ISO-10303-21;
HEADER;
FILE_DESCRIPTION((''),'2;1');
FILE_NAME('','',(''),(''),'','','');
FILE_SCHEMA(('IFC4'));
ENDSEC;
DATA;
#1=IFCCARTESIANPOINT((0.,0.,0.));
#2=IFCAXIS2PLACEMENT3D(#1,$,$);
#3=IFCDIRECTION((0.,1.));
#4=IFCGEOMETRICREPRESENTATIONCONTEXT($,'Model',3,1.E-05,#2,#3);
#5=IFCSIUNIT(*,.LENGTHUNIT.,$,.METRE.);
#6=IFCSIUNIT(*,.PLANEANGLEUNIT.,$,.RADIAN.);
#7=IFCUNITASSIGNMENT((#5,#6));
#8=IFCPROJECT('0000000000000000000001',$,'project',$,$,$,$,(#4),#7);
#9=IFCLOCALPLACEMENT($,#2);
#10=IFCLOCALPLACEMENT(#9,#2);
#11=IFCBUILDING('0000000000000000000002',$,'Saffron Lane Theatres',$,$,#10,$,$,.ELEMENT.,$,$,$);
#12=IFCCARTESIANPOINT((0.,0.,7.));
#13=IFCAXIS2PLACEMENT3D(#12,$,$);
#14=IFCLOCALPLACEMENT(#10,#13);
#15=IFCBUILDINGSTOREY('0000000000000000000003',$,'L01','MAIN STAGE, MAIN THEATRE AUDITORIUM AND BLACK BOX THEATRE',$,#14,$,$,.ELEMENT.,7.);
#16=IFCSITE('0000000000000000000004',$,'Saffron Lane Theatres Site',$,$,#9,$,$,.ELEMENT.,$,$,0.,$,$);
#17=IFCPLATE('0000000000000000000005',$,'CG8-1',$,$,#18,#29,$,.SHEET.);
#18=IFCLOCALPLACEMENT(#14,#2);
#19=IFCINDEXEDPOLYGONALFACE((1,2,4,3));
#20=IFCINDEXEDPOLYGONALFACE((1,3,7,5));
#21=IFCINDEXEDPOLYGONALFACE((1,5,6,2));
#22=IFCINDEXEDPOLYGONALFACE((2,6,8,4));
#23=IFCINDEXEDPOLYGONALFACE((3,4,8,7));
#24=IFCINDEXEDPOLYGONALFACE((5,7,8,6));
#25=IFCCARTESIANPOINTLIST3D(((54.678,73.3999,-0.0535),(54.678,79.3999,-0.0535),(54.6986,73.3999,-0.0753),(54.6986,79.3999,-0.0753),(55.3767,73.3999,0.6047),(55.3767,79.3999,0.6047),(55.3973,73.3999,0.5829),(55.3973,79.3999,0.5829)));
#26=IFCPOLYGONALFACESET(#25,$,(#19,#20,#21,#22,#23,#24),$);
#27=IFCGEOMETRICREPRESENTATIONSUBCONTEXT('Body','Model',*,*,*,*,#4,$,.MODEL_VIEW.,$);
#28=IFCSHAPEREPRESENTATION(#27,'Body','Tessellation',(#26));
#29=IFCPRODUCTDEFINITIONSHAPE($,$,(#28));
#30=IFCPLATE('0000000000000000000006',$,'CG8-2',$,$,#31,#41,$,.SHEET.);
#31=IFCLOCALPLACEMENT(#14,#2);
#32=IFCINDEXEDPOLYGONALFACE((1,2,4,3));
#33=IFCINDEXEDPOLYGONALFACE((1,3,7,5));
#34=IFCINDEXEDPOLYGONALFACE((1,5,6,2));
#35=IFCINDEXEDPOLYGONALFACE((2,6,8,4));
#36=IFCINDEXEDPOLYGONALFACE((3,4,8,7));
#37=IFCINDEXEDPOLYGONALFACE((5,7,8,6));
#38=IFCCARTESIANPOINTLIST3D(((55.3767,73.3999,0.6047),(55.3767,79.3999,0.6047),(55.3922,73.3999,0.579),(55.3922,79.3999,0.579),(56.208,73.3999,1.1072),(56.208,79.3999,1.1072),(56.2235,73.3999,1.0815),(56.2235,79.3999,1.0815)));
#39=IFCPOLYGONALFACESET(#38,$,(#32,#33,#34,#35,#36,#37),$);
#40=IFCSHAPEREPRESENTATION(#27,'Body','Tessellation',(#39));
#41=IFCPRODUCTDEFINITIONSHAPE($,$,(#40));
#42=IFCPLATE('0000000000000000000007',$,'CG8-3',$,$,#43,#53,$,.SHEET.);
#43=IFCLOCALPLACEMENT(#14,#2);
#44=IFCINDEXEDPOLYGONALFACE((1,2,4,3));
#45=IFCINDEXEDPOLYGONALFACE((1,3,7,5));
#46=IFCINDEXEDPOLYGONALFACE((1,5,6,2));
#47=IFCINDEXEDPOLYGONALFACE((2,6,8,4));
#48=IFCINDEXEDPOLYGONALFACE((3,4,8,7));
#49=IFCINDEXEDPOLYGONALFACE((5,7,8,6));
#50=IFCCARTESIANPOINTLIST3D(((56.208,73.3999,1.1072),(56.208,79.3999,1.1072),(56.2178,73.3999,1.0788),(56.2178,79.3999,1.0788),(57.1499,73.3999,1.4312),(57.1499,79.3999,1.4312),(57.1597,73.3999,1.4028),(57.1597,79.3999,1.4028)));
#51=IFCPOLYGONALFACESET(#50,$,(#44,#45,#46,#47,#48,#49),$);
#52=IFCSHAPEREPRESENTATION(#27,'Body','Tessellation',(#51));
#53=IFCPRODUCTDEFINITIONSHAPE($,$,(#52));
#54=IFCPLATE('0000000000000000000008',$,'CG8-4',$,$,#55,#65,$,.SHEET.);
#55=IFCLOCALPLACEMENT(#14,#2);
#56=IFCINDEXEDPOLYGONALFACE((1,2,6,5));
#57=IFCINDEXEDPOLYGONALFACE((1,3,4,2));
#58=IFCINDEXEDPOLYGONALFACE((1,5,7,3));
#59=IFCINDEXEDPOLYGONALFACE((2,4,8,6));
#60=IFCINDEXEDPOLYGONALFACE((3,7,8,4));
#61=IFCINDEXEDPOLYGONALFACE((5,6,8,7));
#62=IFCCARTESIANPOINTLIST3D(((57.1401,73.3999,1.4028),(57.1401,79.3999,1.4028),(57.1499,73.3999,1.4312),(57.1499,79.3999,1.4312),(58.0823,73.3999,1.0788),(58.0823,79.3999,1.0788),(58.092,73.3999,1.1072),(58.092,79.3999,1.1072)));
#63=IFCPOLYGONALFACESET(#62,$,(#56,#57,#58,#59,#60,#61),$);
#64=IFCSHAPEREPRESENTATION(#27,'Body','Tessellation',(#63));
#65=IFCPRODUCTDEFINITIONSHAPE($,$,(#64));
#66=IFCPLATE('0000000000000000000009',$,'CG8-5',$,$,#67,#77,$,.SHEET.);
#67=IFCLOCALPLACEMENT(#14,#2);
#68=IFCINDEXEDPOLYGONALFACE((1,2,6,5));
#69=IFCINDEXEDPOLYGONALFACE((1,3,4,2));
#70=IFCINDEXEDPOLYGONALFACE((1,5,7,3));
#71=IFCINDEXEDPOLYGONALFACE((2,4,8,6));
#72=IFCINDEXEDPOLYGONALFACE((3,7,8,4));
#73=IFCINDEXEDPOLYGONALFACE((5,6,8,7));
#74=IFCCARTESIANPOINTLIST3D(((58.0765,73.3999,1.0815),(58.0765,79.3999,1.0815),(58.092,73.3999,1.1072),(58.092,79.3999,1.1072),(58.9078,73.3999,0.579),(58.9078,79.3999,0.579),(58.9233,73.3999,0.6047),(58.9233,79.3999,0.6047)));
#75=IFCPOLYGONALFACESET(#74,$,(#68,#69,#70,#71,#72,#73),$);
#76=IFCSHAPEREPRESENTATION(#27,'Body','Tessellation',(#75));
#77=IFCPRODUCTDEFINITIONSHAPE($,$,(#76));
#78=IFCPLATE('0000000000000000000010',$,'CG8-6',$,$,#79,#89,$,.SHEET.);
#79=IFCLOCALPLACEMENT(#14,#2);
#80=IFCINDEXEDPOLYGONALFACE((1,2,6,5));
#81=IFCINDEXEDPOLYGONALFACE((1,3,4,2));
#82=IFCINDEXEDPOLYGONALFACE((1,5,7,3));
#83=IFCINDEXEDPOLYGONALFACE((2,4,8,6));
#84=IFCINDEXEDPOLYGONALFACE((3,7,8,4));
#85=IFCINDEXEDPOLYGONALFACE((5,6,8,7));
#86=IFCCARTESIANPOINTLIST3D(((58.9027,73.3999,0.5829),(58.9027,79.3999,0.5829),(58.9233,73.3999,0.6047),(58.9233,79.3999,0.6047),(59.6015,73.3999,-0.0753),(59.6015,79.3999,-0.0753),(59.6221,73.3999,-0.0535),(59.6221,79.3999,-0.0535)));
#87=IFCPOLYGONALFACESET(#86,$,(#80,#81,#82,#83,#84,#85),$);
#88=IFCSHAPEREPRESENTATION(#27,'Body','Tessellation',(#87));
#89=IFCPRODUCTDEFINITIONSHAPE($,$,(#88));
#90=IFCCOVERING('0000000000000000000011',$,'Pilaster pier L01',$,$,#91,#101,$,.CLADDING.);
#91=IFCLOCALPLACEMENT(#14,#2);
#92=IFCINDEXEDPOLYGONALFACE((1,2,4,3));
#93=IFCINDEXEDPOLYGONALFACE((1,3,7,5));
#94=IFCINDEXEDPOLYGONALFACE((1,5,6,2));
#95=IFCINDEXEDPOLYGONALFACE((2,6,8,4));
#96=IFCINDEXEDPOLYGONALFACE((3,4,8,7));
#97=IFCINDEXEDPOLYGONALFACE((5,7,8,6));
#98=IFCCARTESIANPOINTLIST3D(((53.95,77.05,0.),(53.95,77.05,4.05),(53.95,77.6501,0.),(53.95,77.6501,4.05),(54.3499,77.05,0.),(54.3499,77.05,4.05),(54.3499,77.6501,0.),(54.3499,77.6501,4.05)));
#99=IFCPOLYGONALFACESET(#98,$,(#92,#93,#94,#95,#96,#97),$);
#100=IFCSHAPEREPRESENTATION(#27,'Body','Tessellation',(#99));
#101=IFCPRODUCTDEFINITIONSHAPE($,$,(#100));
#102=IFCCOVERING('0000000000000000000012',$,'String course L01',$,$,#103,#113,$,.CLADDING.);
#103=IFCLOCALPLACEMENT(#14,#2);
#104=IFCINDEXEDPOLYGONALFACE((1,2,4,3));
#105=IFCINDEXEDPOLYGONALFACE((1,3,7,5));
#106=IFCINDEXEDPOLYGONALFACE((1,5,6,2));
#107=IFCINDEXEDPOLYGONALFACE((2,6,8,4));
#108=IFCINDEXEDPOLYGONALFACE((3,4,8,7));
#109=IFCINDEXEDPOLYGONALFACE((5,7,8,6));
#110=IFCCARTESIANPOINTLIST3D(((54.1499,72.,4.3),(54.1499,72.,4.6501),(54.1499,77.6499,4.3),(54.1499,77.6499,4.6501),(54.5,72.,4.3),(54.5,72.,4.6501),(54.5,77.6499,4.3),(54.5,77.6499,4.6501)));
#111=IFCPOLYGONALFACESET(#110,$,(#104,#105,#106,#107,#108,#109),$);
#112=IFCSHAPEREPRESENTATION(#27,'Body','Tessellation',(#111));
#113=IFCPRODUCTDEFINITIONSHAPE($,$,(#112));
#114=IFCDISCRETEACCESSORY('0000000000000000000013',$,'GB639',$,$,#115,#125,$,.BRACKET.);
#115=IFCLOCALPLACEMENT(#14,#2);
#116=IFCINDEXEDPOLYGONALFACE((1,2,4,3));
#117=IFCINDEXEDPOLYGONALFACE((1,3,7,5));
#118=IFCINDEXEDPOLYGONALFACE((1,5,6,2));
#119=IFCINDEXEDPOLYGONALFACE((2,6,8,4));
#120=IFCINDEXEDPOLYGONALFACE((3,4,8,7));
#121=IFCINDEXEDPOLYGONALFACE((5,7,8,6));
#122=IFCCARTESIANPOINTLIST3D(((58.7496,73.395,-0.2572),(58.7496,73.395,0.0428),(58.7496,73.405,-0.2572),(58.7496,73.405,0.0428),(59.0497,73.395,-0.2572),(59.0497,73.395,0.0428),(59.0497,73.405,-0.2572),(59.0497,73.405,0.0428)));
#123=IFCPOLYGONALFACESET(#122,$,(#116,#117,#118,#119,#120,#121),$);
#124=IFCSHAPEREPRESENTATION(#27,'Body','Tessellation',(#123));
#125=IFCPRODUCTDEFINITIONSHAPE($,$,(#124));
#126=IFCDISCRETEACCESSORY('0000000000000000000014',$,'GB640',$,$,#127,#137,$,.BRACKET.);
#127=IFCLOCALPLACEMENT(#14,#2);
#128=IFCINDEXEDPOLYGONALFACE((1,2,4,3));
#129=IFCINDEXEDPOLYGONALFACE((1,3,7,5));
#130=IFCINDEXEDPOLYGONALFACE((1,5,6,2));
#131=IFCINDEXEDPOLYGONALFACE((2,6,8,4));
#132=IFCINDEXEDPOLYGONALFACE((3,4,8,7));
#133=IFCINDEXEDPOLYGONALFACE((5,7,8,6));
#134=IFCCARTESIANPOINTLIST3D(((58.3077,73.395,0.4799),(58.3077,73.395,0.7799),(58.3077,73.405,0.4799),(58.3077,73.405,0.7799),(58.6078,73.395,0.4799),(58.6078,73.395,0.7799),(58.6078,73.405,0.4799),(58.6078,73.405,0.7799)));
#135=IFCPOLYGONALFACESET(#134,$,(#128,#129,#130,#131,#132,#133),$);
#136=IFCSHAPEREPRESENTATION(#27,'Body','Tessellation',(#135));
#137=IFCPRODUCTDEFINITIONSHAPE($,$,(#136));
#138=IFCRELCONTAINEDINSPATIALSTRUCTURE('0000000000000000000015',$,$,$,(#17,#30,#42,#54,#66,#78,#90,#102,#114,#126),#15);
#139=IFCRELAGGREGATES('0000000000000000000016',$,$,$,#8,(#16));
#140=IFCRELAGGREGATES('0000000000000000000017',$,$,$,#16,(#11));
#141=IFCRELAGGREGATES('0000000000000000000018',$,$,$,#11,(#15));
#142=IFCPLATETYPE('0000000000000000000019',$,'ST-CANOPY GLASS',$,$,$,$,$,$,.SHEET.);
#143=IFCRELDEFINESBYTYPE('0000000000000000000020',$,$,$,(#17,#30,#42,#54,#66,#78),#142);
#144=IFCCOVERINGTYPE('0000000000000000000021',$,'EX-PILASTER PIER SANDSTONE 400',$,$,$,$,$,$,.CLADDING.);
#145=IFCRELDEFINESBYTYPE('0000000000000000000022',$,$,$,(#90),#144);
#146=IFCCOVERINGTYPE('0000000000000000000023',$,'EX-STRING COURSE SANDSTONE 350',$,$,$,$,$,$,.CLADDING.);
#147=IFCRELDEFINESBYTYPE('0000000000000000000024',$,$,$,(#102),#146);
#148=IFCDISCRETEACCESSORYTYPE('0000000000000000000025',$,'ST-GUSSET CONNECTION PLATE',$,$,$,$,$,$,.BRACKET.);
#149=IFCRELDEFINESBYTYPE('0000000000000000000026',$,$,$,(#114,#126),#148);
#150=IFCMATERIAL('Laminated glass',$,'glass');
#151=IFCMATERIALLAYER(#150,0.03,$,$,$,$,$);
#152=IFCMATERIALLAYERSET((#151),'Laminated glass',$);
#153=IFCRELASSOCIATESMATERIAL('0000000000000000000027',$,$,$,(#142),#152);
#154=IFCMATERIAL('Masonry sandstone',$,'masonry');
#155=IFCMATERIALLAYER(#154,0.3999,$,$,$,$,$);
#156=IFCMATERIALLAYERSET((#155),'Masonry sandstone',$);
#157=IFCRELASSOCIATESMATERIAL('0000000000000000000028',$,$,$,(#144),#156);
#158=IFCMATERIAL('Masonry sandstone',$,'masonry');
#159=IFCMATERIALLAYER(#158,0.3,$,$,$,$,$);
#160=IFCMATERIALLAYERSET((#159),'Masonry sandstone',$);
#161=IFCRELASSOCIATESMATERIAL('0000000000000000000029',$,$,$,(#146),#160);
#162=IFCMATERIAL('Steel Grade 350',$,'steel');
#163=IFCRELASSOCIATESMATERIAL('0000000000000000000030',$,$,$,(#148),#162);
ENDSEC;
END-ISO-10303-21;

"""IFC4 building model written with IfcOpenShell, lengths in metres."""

from ifc_helpers import new_model, si_unit, direction, frame, origin, origin_2d, place, context, subcontext, project, spatial, polyline, rectangle, outline, extrude, material, layer, layer_set, material_profile, profile_set, type_object, element, save


model = new_model("IFC4")

# Units and contexts
model_context = context("Model", 3, precision=1e-05, world=origin(), true_north=direction((0.0, 1.0)))
body_context = subcontext(model_context, "Body", "Model", "MODEL_VIEW")
ifc_project = project(units=[si_unit("LENGTHUNIT", "METRE"), si_unit("PLANEANGLEUNIT", "RADIAN")], contexts=[model_context])

# Site, building, storey
site_placement = place(None, origin())
site = spatial("IfcSite", under=ifc_project, at=site_placement, Name="Saffron Lane Theatres Site", CompositionType="ELEMENT", RefElevation=0.0)
building_placement = place(site_placement, origin())
building = spatial("IfcBuilding", under=site, at=building_placement, Name="Saffron Lane Theatres", CompositionType="ELEMENT")
storey_placement = place(building_placement, frame((0.0, 0.0, 7.0)))
storey = spatial("IfcBuildingStorey", under=building, at=storey_placement, Name="L01", Description="MAIN STAGE, MAIN THEATRE AUDITORIUM AND BLACK BOX THEATRE", CompositionType="ELEMENT", Elevation=7.0)

# Plates
ifc_material_1 = material(Name="Laminated glass", Category="glass")
ifc_layer_1 = layer(ifc_material_1, 0.03)
ifc_layer_set_1 = layer_set([ifc_layer_1], Name="Laminated glass")
plate_type_1 = type_object("IfcPlateType", Name="ST-CANOPY GLASS", PredefinedType="SHEET", material=ifc_layer_set_1)
plate_1_placement = place(storey_placement, frame((54.678, 73.3999, -0.0535), z_axis=(-0.685682, 0.0, 0.727901), x_axis=(0.727901, 0.0, 0.685682)))
element("IfcPlate", 1, at=plate_1_placement, inside=storey, type_object=plate_type_1, Name="CG8-1", PredefinedType="SHEET", context=body_context, shape_type="SweptSolid", body=[
    extrude(outline(polyline([(0.0, 0.0), (0.9599, 0.0), (0.9599, 6.0), (0.0, 6.0), (0.0, 0.0)])), origin(), (0.0, 0.0, -1.0), 0.03),
])
plate_2_placement = place(storey_placement, frame((55.3767, 73.3999, 0.6047), z_axis=(-0.517265, 0.0, 0.855825), x_axis=(0.855825, 0.0, 0.517265)))
element("IfcPlate", 2, at=plate_2_placement, inside=storey, type_object=plate_type_1, Name="CG8-2", PredefinedType="SHEET", context=body_context, shape_type="SweptSolid", body=[
    extrude(outline(polyline([(0.0, 0.0), (0.9713, 0.0), (0.9713, 6.0), (0.0, 6.0), (0.0, 0.0)])), origin(), (0.0, 0.0, -1.0), 0.03),
])
plate_3_placement = place(storey_placement, frame((56.208, 73.3999, 1.1072), z_axis=(-0.325258, 0.0, 0.945625), x_axis=(0.945625, 0.0, 0.325258)))
element("IfcPlate", 3, at=plate_3_placement, inside=storey, type_object=plate_type_1, Name="CG8-3", PredefinedType="SHEET", context=body_context, shape_type="SweptSolid", body=[
    extrude(outline(polyline([(0.0, 0.0), (0.9961, 0.0), (0.9961, 6.0), (0.0, 6.0), (0.0, 0.0)])), origin(), (0.0, 0.0, -1.0), 0.03),
])
plate_4_placement = place(storey_placement, frame((57.1499, 73.3999, 1.4312), z_axis=(0.325182, 0.0, 0.945651), x_axis=(0.945651, 0.0, -0.325182)))
element("IfcPlate", 4, at=plate_4_placement, inside=storey, type_object=plate_type_1, Name="CG8-4", PredefinedType="SHEET", context=body_context, shape_type="SweptSolid", body=[
    extrude(outline(polyline([(0.0, 0.0), (0.9963, 0.0), (0.9963, 6.0), (0.0, 6.0), (0.0, 0.0)])), origin(), (0.0, 0.0, -1.0), 0.03),
])
plate_5_placement = place(storey_placement, frame((58.092, 73.3999, 1.1072), z_axis=(0.517265, 0.0, 0.855825), x_axis=(0.855825, 0.0, -0.517265)))
element("IfcPlate", 5, at=plate_5_placement, inside=storey, type_object=plate_type_1, Name="CG8-5", PredefinedType="SHEET", context=body_context, shape_type="SweptSolid", body=[
    extrude(outline(polyline([(0.0, 0.0), (0.9713, 0.0), (0.9713, 6.0), (0.0, 6.0), (0.0, 0.0)])), origin(), (0.0, 0.0, -1.0), 0.03),
])
plate_6_placement = place(storey_placement, frame((58.9233, 73.3999, 0.6047), z_axis=(0.685682, 0.0, 0.727901), x_axis=(0.727901, 0.0, -0.685682)))
element("IfcPlate", 6, at=plate_6_placement, inside=storey, type_object=plate_type_1, Name="CG8-6", PredefinedType="SHEET", context=body_context, shape_type="SweptSolid", body=[
    extrude(outline(polyline([(0.0, 0.0), (0.9599, 0.0), (0.9599, 6.0), (0.0, 6.0), (0.0, 0.0)])), origin(), (0.0, 0.0, -1.0), 0.03),
])

# Coverings
ifc_material_2 = material(Name="Masonry sandstone", Category="masonry")
ifc_layer_2 = layer(ifc_material_2, 0.3999)
ifc_layer_set_2 = layer_set([ifc_layer_2], Name="Masonry sandstone")
covering_type_1 = type_object("IfcCoveringType", Name="EX-PILASTER PIER SANDSTONE 400", PredefinedType="CLADDING", material=ifc_layer_set_2)
covering_1_placement = place(storey_placement, frame((54.1499, 77.3501, 0.0), z_axis=(0.0, 0.0, 1.0), x_axis=(0.0, -1.0, 0.0)))
element("IfcCovering", 7, at=covering_1_placement, inside=storey, type_object=covering_type_1, Name="Pilaster pier L01", PredefinedType="CLADDING", context=body_context, shape_type="SweptSolid", body=[
    extrude(rectangle(XDim=0.6001, YDim=0.3999, at=origin_2d()), origin(), (0.0, 0.0, 1.0), 4.05),
])
ifc_material_3 = material(Name="Masonry sandstone", Category="masonry")
ifc_layer_3 = layer(ifc_material_3, 0.3)
ifc_layer_set_3 = layer_set([ifc_layer_3], Name="Masonry sandstone")
covering_type_2 = type_object("IfcCoveringType", Name="EX-STRING COURSE SANDSTONE 350", PredefinedType="CLADDING", material=ifc_layer_set_3)
covering_2_placement = place(storey_placement, frame((54.325, 74.825, 4.3), z_axis=(0.0, 0.0, 1.0), x_axis=(0.0, -1.0, 0.0)))
element("IfcCovering", 8, at=covering_2_placement, inside=storey, type_object=covering_type_2, Name="String course L01", PredefinedType="CLADDING", context=body_context, shape_type="SweptSolid", body=[
    extrude(rectangle(XDim=5.6499, YDim=0.3501, at=origin_2d()), origin(), (0.0, 0.0, 1.0), 0.3501),
])

# Discrete accessories
ifc_material_4 = material(Name="Steel Grade 350", Category="steel")
ifc_material_profile_1 = material_profile(ifc_material_4, rectangle(XDim=0.3, YDim=0.3, at=origin_2d()))
ifc_profile_set_1 = profile_set([ifc_material_profile_1], Name="Steel Grade 350")
discrete_accessory_type = type_object("IfcDiscreteAccessoryType", Name="ST-GUSSET CONNECTION PLATE", PredefinedType="BRACKET", material=ifc_profile_set_1)
for number, where, z_axis, x_axis, name in (
    (9, (58.8997, 73.395, -0.1072), (0.0, 1.0, 0.0), (-1.0, 0.0, 0.0), "GB639"),
    (10, (58.4578, 73.395, 0.6299), (0.0, 1.0, 0.0), (-1.0, 0.0, 0.0), "GB640"),
):
    element("IfcDiscreteAccessory", number, at=place(storey_placement, frame(where, z_axis=z_axis, x_axis=x_axis)), inside=storey, type_object=discrete_accessory_type, Name=name, PredefinedType="BRACKET", context=body_context, shape_type="SweptSolid", body=[
        extrude(rectangle(XDim=0.3, YDim=0.3, at=origin_2d()), origin(), (0.0, 0.0, 1.0), 0.01),
    ])

save(model, "model.ifc")
